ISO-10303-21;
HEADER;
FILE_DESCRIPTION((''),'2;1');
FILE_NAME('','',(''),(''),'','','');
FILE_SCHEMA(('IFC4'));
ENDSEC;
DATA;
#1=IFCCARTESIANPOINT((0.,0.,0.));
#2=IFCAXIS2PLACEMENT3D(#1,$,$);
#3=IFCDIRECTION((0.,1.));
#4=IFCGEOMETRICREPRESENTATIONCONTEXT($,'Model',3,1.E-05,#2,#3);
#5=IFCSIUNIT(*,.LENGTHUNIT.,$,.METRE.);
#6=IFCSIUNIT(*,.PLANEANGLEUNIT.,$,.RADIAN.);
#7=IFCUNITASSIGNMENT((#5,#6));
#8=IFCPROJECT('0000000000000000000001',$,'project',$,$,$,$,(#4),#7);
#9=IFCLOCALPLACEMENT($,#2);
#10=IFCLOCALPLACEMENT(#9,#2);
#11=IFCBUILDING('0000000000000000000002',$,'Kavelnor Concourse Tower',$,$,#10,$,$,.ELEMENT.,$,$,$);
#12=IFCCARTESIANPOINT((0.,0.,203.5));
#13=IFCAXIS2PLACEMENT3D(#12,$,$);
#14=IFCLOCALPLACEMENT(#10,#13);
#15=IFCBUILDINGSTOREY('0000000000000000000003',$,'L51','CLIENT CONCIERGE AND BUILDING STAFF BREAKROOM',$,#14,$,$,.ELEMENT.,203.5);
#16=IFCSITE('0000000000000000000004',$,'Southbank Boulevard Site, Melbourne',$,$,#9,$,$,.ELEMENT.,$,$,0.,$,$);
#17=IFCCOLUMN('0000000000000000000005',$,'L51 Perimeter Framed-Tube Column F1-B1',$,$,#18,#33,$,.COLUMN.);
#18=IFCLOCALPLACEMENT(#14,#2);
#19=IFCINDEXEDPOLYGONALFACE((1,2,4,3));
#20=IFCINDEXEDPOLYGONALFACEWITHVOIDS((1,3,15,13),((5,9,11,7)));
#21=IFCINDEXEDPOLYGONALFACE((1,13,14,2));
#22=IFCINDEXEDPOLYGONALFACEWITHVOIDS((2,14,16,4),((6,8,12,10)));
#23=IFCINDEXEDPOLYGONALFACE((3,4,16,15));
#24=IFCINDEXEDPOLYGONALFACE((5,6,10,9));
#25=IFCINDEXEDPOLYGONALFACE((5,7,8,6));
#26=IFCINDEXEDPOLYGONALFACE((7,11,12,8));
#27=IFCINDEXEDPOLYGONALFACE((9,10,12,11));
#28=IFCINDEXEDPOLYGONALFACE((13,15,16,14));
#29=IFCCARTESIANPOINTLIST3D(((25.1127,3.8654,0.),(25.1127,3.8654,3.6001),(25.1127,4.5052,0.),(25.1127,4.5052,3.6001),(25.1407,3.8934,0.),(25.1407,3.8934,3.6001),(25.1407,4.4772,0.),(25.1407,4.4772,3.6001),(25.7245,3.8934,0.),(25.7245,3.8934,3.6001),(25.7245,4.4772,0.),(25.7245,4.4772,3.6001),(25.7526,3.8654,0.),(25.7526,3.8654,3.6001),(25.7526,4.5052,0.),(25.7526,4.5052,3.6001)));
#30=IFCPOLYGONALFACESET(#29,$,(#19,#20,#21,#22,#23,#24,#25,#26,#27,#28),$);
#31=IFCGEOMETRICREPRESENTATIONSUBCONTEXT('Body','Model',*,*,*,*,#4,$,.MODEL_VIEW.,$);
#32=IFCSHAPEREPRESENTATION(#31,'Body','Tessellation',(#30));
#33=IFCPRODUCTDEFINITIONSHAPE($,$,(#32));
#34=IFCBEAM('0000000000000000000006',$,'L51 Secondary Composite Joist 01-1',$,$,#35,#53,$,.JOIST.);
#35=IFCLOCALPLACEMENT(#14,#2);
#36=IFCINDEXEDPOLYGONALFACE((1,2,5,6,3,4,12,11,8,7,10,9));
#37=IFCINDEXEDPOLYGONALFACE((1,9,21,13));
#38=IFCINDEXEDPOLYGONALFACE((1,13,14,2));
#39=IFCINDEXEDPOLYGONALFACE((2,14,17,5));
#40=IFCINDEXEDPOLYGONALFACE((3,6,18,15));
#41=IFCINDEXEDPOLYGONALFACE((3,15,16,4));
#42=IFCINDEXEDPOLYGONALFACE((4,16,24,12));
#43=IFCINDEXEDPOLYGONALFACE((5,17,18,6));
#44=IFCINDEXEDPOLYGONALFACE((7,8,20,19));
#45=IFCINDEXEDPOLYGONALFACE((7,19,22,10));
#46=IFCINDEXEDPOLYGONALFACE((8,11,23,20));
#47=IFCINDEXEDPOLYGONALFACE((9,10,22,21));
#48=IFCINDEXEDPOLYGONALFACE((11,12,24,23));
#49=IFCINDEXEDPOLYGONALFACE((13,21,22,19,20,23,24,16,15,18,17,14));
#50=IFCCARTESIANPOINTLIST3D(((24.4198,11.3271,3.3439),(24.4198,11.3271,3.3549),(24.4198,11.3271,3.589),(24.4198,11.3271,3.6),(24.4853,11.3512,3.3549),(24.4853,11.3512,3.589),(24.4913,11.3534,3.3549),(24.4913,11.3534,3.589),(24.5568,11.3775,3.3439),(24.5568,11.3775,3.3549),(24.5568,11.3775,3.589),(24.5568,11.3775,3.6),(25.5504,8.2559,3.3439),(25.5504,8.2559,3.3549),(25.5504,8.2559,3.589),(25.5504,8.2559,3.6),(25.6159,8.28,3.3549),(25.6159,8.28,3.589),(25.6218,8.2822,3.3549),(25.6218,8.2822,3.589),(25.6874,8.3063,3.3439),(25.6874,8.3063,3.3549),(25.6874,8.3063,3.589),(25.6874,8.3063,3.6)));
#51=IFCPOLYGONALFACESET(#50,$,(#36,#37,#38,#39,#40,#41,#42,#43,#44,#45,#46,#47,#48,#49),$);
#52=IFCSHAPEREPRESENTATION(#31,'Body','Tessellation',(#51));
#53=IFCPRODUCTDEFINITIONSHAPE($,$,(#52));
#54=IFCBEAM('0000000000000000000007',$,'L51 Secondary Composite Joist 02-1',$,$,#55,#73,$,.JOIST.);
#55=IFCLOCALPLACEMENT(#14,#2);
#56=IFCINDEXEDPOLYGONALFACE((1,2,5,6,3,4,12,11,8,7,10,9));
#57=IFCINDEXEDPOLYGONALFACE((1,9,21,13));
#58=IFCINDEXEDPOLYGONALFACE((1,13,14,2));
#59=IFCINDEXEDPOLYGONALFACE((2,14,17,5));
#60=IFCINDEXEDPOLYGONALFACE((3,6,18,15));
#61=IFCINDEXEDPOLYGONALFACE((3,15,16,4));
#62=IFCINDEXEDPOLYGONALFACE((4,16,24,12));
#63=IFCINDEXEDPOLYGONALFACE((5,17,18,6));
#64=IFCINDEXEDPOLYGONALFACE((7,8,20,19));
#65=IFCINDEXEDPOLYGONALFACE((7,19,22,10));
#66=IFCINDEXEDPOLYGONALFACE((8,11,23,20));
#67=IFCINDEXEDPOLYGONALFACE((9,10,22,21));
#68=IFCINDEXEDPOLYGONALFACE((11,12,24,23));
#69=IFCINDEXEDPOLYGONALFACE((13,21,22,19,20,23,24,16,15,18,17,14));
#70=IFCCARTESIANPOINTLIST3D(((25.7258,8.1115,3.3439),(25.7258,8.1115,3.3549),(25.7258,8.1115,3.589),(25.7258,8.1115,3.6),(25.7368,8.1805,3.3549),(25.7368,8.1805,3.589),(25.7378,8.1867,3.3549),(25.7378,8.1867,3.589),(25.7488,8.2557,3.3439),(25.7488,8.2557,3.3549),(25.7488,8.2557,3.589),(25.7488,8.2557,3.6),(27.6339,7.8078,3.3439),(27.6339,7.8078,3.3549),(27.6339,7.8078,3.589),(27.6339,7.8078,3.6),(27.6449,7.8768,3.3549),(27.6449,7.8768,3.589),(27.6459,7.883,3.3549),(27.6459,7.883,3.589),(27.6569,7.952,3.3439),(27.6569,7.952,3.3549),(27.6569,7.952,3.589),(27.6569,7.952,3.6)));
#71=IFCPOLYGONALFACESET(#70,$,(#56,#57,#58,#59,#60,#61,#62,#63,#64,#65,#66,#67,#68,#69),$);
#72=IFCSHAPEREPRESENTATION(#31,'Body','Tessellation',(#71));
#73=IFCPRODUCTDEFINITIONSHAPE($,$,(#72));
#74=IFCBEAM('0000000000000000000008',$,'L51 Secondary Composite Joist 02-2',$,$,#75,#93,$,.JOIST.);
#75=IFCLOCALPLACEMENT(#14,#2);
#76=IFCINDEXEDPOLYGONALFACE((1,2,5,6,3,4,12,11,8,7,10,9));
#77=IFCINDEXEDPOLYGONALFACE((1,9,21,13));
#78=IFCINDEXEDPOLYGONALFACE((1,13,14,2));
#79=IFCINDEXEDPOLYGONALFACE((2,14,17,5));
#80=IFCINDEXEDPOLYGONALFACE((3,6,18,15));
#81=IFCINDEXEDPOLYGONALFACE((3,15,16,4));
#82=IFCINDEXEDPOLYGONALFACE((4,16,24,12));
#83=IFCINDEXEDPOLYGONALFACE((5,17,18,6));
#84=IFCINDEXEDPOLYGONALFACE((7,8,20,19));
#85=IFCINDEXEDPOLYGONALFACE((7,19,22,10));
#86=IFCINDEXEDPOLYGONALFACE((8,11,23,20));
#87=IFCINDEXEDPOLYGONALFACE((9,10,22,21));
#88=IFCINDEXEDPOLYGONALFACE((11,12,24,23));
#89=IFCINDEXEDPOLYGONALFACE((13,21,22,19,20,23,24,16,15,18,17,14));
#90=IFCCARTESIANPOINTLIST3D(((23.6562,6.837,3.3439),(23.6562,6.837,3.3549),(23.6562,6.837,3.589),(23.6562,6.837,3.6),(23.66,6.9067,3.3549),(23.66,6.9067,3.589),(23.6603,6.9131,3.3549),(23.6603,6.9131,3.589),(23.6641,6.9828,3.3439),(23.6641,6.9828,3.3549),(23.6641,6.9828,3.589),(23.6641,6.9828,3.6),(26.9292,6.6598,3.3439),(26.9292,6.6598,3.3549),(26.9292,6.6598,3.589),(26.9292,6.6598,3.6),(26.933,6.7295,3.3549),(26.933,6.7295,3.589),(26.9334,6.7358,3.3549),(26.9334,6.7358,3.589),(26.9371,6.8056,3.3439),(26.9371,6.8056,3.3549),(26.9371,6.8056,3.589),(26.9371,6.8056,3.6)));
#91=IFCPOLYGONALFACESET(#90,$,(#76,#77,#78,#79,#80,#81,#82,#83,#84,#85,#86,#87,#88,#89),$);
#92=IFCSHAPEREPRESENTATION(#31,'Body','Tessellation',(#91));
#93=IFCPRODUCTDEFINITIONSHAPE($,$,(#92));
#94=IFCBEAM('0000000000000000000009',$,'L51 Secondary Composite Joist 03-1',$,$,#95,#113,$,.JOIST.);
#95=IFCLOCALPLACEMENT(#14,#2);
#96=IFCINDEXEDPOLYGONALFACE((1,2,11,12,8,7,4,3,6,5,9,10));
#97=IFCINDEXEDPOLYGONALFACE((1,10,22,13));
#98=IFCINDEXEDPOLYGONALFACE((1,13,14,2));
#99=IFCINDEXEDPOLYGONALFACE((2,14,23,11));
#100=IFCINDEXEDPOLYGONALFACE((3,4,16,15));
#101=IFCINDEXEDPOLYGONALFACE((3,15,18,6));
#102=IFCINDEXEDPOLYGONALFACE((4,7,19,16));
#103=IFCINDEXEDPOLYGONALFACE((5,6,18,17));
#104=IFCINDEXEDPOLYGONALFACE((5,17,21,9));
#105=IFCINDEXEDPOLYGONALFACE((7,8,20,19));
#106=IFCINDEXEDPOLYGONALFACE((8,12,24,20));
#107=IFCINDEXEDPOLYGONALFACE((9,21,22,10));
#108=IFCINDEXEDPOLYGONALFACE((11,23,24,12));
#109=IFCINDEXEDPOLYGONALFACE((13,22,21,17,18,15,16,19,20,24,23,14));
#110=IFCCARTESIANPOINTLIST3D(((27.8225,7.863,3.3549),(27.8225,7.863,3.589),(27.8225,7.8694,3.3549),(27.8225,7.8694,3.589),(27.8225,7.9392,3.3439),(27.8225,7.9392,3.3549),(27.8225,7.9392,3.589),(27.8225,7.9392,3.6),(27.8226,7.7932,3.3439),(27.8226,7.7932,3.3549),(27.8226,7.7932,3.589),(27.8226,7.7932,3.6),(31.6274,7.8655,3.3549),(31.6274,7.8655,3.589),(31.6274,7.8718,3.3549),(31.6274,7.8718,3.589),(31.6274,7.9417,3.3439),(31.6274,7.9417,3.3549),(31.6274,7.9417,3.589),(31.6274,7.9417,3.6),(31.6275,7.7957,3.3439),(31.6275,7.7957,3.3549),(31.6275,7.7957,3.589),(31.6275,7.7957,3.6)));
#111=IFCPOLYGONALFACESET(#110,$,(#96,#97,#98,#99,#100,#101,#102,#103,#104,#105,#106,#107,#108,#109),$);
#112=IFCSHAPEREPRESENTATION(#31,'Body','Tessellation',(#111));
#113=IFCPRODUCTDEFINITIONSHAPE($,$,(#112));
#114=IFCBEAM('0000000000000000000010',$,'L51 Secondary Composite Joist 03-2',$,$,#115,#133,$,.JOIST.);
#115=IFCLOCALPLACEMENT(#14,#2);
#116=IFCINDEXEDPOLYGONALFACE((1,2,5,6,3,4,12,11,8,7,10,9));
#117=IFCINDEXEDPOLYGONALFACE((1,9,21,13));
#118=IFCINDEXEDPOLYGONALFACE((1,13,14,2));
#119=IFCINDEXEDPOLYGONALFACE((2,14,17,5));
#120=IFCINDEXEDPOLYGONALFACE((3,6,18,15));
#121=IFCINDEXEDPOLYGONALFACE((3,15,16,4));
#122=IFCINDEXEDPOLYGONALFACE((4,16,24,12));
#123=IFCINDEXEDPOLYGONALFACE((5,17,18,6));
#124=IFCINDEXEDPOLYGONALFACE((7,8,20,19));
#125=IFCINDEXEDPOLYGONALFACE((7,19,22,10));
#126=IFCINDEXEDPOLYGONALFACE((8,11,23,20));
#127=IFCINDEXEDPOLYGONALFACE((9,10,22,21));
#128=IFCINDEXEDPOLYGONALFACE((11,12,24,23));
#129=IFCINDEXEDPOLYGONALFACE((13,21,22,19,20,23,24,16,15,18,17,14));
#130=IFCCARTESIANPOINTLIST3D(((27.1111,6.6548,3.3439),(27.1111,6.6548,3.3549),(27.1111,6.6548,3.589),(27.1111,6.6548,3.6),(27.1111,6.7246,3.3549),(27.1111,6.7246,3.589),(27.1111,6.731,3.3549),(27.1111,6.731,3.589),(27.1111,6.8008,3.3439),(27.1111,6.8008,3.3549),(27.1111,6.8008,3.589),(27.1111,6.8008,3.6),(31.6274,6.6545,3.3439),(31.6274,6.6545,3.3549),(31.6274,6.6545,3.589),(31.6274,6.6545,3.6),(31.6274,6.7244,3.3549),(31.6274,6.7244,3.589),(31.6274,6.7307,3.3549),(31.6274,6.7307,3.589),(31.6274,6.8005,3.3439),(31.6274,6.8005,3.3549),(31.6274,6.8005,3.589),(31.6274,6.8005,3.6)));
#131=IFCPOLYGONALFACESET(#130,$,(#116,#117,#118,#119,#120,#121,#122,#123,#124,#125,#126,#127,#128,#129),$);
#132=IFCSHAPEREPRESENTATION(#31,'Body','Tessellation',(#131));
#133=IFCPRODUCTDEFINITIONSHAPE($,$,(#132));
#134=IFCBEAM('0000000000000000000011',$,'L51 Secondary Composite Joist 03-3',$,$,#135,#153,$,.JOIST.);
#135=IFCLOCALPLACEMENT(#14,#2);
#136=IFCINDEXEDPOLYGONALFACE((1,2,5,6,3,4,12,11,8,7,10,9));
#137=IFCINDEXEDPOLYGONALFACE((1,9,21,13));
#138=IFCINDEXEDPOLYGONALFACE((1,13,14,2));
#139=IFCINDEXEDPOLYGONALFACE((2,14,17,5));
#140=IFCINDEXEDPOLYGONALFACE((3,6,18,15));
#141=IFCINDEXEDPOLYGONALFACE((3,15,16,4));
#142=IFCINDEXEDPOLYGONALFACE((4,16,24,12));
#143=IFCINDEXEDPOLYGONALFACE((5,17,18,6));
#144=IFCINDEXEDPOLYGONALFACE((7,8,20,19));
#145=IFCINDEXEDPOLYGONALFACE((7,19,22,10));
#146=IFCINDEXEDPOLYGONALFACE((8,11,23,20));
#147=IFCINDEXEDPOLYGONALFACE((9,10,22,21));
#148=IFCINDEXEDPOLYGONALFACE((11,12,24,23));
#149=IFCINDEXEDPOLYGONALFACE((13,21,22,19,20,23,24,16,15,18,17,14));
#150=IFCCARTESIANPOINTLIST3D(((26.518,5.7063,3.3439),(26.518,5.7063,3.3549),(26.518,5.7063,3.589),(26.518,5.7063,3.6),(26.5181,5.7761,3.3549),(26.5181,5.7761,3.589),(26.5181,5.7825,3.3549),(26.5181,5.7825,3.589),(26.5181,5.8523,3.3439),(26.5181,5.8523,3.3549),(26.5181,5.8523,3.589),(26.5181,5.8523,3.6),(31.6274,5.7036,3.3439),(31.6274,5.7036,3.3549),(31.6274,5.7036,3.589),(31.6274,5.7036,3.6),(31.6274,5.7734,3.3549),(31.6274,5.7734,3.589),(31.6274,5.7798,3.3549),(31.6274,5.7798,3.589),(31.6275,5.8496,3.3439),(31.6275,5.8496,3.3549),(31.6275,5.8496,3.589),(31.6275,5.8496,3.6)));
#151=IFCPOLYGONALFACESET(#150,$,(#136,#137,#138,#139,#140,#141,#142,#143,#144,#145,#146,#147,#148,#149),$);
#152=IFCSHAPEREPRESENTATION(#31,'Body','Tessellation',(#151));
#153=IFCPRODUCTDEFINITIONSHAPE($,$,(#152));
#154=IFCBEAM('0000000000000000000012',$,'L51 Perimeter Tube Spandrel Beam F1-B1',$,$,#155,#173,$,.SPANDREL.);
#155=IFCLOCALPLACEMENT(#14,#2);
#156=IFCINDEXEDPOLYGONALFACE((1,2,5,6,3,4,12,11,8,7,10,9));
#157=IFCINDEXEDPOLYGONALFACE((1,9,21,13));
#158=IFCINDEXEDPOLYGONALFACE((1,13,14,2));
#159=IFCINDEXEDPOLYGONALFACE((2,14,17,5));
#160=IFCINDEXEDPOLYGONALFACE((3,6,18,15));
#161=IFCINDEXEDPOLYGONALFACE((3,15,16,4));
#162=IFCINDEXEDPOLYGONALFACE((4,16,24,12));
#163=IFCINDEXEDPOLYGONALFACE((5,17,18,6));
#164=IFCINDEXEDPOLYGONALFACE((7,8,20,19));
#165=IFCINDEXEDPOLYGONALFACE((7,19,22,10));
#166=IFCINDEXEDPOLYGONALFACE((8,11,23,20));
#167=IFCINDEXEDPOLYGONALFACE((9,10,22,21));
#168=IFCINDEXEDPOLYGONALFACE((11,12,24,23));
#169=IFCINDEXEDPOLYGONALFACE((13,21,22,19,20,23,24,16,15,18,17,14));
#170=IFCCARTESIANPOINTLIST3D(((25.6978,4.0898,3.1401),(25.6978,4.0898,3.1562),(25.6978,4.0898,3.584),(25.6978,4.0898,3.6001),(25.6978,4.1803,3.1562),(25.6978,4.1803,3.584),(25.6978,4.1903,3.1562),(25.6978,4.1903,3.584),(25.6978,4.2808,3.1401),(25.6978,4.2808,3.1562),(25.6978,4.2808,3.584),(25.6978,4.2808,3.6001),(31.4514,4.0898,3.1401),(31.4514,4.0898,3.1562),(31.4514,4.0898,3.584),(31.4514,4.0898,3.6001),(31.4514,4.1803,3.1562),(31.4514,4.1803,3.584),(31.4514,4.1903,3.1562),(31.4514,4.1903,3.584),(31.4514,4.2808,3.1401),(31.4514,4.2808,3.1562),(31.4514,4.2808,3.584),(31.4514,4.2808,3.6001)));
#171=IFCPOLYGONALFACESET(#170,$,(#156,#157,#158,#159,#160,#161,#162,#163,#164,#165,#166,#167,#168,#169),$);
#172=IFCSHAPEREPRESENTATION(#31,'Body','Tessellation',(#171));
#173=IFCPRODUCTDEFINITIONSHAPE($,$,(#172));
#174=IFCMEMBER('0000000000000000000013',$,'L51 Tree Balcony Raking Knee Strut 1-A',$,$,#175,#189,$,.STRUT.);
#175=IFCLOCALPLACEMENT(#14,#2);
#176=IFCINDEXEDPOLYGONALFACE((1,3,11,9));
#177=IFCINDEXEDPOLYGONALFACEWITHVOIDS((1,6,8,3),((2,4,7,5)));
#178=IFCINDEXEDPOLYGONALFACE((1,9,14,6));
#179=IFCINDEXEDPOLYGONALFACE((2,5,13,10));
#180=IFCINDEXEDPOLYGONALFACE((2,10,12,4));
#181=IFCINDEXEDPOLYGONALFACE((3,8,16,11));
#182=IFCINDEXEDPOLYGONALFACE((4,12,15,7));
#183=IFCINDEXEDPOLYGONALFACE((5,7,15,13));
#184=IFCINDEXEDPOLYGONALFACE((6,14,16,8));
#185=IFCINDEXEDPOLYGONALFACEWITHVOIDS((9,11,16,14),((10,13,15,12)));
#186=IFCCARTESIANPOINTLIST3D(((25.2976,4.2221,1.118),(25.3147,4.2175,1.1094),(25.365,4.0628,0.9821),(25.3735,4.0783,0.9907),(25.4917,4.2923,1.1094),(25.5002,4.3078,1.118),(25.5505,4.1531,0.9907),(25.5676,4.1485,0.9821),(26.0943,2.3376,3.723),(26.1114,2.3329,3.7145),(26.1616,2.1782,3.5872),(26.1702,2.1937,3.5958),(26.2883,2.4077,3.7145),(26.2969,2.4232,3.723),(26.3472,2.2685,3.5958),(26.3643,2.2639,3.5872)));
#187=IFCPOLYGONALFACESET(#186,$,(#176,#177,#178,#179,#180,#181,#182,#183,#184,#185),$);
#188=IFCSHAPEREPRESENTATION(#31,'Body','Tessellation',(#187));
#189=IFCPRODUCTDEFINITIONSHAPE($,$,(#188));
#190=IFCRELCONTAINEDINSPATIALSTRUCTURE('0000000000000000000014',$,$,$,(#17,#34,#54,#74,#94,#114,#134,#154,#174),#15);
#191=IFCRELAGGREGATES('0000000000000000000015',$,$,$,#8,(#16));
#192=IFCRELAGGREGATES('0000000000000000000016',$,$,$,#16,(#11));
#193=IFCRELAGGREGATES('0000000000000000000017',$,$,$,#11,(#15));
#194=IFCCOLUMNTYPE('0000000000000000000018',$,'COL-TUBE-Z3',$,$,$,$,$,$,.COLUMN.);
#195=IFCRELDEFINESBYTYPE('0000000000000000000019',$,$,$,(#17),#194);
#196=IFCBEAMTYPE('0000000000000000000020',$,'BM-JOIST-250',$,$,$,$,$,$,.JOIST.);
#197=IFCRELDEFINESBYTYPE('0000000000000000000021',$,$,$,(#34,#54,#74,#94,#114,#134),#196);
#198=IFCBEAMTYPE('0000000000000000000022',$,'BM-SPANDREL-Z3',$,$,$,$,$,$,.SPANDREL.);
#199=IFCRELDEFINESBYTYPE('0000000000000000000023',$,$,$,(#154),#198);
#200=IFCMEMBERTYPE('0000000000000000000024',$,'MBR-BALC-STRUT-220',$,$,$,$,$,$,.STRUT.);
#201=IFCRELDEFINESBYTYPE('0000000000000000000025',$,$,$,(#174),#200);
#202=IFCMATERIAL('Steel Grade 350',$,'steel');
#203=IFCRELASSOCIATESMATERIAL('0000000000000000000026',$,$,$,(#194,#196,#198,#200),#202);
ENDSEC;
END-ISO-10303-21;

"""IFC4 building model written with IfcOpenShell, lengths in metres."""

from ifc_helpers import new_model, si_unit, direction, frame, origin, origin_2d, place, context, subcontext, project, spatial, hollow_rectangle, i_section, extrude, material, material_profile, profile_set, type_object, element, save


model = new_model("IFC4")

# Units and contexts
model_context = context("Model", 3, precision=1e-05, world=origin(), true_north=direction((0.0, 1.0)))
body_context = subcontext(model_context, "Body", "Model", "MODEL_VIEW")
ifc_project = project(units=[si_unit("LENGTHUNIT", "METRE"), si_unit("PLANEANGLEUNIT", "RADIAN")], contexts=[model_context])

# Site, building, storey
site_placement = place(None, origin())
site = spatial("IfcSite", under=ifc_project, at=site_placement, Name="Southbank Boulevard Site, Melbourne", CompositionType="ELEMENT", RefElevation=0.0)
building_placement = place(site_placement, origin())
building = spatial("IfcBuilding", under=site, at=building_placement, Name="Kavelnor Concourse Tower", CompositionType="ELEMENT")
storey_placement = place(building_placement, frame((0.0, 0.0, 203.5)))
storey = spatial("IfcBuildingStorey", under=building, at=storey_placement, Name="L51", Description="CLIENT CONCIERGE AND BUILDING STAFF BREAKROOM", CompositionType="ELEMENT", Elevation=203.5)

# Column
ifc_material_1 = material(Name="Steel Grade 350", Category="steel")
ifc_material_profile_1 = material_profile(ifc_material_1, hollow_rectangle(XDim=0.6399, YDim=0.6399, WallThickness=0.0281, at=origin_2d()), Name="SHS 640x640x28")
ifc_profile_set_1 = profile_set([ifc_material_profile_1], Name="Steel Grade 350")
column_type = type_object("IfcColumnType", Name="COL-TUBE-Z3", PredefinedType="COLUMN", material=ifc_profile_set_1)
column_placement = place(storey_placement, frame((25.4326, 4.1853, 0.0), z_axis=(0.0, 0.0, 1.0), x_axis=(1.0, 0.0, 0.0)))
element("IfcColumn", 1, at=column_placement, inside=storey, type_object=column_type, Name="L51 Perimeter Framed-Tube Column F1-B1", PredefinedType="COLUMN", context=body_context, shape_type="SweptSolid", body=[
    extrude(hollow_rectangle(XDim=0.6399, YDim=0.6399, WallThickness=0.0281, at=origin_2d()), origin(), (0.0, 0.0, 1.0), 3.6001),
])

# Beams
ifc_material_profile_2 = material_profile(ifc_material_1, i_section(OverallWidth=0.146, OverallDepth=0.2561, WebThickness=0.0063, FlangeThickness=0.011, at=origin_2d()), Name="250UB37")
ifc_profile_set_2 = profile_set([ifc_material_profile_2], Name="Steel Grade 350")
beam_type_1 = type_object("IfcBeamType", Name="BM-JOIST-250", PredefinedType="JOIST", material=ifc_profile_set_2)
beam_1_placement = place(storey_placement, frame((24.4883, 11.3523, 3.4719), z_axis=(0.34546, -0.938434, 0.0), x_axis=(0.938434, 0.34546, 0.0)))
element("IfcBeam", 2, at=beam_1_placement, inside=storey, type_object=beam_type_1, Name="L51 Secondary Composite Joist 01-1", PredefinedType="JOIST", context=body_context, shape_type="SweptSolid", body=[
    extrude(i_section(OverallWidth=0.146, OverallDepth=0.2561, WebThickness=0.0063, FlangeThickness=0.011, at=origin_2d()), origin(), (0.0, 0.0, 1.0), 3.2727),
])
beam_2_placement = place(storey_placement, frame((25.7373, 8.1836, 3.4719), z_axis=(0.98757, -0.157182, 0.0), x_axis=(0.157182, 0.98757, 0.0)))
element("IfcBeam", 3, at=beam_2_placement, inside=storey, type_object=beam_type_1, Name="L51 Secondary Composite Joist 02-1", PredefinedType="JOIST", context=body_context, shape_type="SweptSolid", body=[
    extrude(i_section(OverallWidth=0.146, OverallDepth=0.2561, WebThickness=0.0063, FlangeThickness=0.011, at=origin_2d()), origin(), (0.0, 0.0, 1.0), 1.9321),
])
beam_3_placement = place(storey_placement, frame((23.6602, 6.9099, 3.4719), z_axis=(0.998537, -0.054076, 0.0), x_axis=(0.054076, 0.998537, 0.0)))
element("IfcBeam", 4, at=beam_3_placement, inside=storey, type_object=beam_type_1, Name="L51 Secondary Composite Joist 02-2", PredefinedType="JOIST", context=body_context, shape_type="SweptSolid", body=[
    extrude(i_section(OverallWidth=0.146, OverallDepth=0.2561, WebThickness=0.0063, FlangeThickness=0.011, at=origin_2d()), origin(), (0.0, 0.0, 1.0), 3.2778),
])
beam_4_placement = place(storey_placement, frame((27.8225, 7.8662, 3.4719), z_axis=(1.0, 0.000642, 0.0), x_axis=(-0.000642, 1.0, 0.0)))
element("IfcBeam", 5, at=beam_4_placement, inside=storey, type_object=beam_type_1, Name="L51 Secondary Composite Joist 03-1", PredefinedType="JOIST", context=body_context, shape_type="SweptSolid", body=[
    extrude(i_section(OverallWidth=0.146, OverallDepth=0.2561, WebThickness=0.0063, FlangeThickness=0.011, at=origin_2d()), origin(), (0.0, 0.0, 1.0), 3.8049),
])
beam_5_placement = place(storey_placement, frame((27.1111, 6.7278, 3.4719), z_axis=(1.0, -0.000054, 0.0), x_axis=(0.000054, 1.0, 0.0)))
element("IfcBeam", 6, at=beam_5_placement, inside=storey, type_object=beam_type_1, Name="L51 Secondary Composite Joist 03-2", PredefinedType="JOIST", context=body_context, shape_type="SweptSolid", body=[
    extrude(i_section(OverallWidth=0.146, OverallDepth=0.2561, WebThickness=0.0063, FlangeThickness=0.011, at=origin_2d()), origin(), (0.0, 0.0, 1.0), 4.5164),
])
beam_6_placement = place(storey_placement, frame((26.5181, 5.7793, 3.4719), z_axis=(1.0, -0.000526, 0.0), x_axis=(0.000526, 1.0, 0.0)))
element("IfcBeam", 7, at=beam_6_placement, inside=storey, type_object=beam_type_1, Name="L51 Secondary Composite Joist 03-3", PredefinedType="JOIST", context=body_context, shape_type="SweptSolid", body=[
    extrude(i_section(OverallWidth=0.146, OverallDepth=0.2561, WebThickness=0.0063, FlangeThickness=0.011, at=origin_2d()), origin(), (0.0, 0.0, 1.0), 5.1094),
])
ifc_material_profile_3 = material_profile(ifc_material_1, i_section(OverallWidth=0.1909, OverallDepth=0.46, WebThickness=0.01, FlangeThickness=0.0161, at=origin_2d()), Name="460UB82")
ifc_profile_set_3 = profile_set([ifc_material_profile_3], Name="Steel Grade 350")
beam_type_2 = type_object("IfcBeamType", Name="BM-SPANDREL-Z3", PredefinedType="SPANDREL", material=ifc_profile_set_3)
beam_7_placement = place(storey_placement, frame((25.6978, 4.1853, 3.3701), z_axis=(1.0, 0.0, 0.0), x_axis=(0.0, 1.0, 0.0)))
element("IfcBeam", 8, at=beam_7_placement, inside=storey, type_object=beam_type_2, Name="L51 Perimeter Tube Spandrel Beam F1-B1", PredefinedType="SPANDREL", context=body_context, shape_type="SweptSolid", body=[
    extrude(i_section(OverallWidth=0.1909, OverallDepth=0.46, WebThickness=0.01, FlangeThickness=0.0161, at=origin_2d()), origin(), (0.0, 0.0, 1.0), 5.7537),
])

# Member
ifc_material_profile_4 = material_profile(ifc_material_1, hollow_rectangle(XDim=0.22, YDim=0.22, WallThickness=0.0139, at=origin_2d()), Name="SHS 220x220x14")
ifc_profile_set_4 = profile_set([ifc_material_profile_4], Name="Steel Grade 350")
member_type = type_object("IfcMemberType", Name="MBR-BALC-STRUT-220", PredefinedType="STRUT", material=ifc_profile_set_4)
member_placement = place(storey_placement, frame((25.4326, 4.1853, 1.05), z_axis=(0.2405, -0.56893, 0.786434), x_axis=(0.921084, 0.389364, 0.0)))
element("IfcMember", 9, at=member_placement, inside=storey, type_object=member_type, Name="L51 Tree Balcony Raking Knee Strut 1-A", PredefinedType="STRUT", context=body_context, shape_type="SweptSolid", body=[
    extrude(hollow_rectangle(XDim=0.22, YDim=0.22, WallThickness=0.0139, at=origin_2d()), origin(), (0.0, 0.0, 1.0), 3.3125),
])

save(model, "model.ifc")
